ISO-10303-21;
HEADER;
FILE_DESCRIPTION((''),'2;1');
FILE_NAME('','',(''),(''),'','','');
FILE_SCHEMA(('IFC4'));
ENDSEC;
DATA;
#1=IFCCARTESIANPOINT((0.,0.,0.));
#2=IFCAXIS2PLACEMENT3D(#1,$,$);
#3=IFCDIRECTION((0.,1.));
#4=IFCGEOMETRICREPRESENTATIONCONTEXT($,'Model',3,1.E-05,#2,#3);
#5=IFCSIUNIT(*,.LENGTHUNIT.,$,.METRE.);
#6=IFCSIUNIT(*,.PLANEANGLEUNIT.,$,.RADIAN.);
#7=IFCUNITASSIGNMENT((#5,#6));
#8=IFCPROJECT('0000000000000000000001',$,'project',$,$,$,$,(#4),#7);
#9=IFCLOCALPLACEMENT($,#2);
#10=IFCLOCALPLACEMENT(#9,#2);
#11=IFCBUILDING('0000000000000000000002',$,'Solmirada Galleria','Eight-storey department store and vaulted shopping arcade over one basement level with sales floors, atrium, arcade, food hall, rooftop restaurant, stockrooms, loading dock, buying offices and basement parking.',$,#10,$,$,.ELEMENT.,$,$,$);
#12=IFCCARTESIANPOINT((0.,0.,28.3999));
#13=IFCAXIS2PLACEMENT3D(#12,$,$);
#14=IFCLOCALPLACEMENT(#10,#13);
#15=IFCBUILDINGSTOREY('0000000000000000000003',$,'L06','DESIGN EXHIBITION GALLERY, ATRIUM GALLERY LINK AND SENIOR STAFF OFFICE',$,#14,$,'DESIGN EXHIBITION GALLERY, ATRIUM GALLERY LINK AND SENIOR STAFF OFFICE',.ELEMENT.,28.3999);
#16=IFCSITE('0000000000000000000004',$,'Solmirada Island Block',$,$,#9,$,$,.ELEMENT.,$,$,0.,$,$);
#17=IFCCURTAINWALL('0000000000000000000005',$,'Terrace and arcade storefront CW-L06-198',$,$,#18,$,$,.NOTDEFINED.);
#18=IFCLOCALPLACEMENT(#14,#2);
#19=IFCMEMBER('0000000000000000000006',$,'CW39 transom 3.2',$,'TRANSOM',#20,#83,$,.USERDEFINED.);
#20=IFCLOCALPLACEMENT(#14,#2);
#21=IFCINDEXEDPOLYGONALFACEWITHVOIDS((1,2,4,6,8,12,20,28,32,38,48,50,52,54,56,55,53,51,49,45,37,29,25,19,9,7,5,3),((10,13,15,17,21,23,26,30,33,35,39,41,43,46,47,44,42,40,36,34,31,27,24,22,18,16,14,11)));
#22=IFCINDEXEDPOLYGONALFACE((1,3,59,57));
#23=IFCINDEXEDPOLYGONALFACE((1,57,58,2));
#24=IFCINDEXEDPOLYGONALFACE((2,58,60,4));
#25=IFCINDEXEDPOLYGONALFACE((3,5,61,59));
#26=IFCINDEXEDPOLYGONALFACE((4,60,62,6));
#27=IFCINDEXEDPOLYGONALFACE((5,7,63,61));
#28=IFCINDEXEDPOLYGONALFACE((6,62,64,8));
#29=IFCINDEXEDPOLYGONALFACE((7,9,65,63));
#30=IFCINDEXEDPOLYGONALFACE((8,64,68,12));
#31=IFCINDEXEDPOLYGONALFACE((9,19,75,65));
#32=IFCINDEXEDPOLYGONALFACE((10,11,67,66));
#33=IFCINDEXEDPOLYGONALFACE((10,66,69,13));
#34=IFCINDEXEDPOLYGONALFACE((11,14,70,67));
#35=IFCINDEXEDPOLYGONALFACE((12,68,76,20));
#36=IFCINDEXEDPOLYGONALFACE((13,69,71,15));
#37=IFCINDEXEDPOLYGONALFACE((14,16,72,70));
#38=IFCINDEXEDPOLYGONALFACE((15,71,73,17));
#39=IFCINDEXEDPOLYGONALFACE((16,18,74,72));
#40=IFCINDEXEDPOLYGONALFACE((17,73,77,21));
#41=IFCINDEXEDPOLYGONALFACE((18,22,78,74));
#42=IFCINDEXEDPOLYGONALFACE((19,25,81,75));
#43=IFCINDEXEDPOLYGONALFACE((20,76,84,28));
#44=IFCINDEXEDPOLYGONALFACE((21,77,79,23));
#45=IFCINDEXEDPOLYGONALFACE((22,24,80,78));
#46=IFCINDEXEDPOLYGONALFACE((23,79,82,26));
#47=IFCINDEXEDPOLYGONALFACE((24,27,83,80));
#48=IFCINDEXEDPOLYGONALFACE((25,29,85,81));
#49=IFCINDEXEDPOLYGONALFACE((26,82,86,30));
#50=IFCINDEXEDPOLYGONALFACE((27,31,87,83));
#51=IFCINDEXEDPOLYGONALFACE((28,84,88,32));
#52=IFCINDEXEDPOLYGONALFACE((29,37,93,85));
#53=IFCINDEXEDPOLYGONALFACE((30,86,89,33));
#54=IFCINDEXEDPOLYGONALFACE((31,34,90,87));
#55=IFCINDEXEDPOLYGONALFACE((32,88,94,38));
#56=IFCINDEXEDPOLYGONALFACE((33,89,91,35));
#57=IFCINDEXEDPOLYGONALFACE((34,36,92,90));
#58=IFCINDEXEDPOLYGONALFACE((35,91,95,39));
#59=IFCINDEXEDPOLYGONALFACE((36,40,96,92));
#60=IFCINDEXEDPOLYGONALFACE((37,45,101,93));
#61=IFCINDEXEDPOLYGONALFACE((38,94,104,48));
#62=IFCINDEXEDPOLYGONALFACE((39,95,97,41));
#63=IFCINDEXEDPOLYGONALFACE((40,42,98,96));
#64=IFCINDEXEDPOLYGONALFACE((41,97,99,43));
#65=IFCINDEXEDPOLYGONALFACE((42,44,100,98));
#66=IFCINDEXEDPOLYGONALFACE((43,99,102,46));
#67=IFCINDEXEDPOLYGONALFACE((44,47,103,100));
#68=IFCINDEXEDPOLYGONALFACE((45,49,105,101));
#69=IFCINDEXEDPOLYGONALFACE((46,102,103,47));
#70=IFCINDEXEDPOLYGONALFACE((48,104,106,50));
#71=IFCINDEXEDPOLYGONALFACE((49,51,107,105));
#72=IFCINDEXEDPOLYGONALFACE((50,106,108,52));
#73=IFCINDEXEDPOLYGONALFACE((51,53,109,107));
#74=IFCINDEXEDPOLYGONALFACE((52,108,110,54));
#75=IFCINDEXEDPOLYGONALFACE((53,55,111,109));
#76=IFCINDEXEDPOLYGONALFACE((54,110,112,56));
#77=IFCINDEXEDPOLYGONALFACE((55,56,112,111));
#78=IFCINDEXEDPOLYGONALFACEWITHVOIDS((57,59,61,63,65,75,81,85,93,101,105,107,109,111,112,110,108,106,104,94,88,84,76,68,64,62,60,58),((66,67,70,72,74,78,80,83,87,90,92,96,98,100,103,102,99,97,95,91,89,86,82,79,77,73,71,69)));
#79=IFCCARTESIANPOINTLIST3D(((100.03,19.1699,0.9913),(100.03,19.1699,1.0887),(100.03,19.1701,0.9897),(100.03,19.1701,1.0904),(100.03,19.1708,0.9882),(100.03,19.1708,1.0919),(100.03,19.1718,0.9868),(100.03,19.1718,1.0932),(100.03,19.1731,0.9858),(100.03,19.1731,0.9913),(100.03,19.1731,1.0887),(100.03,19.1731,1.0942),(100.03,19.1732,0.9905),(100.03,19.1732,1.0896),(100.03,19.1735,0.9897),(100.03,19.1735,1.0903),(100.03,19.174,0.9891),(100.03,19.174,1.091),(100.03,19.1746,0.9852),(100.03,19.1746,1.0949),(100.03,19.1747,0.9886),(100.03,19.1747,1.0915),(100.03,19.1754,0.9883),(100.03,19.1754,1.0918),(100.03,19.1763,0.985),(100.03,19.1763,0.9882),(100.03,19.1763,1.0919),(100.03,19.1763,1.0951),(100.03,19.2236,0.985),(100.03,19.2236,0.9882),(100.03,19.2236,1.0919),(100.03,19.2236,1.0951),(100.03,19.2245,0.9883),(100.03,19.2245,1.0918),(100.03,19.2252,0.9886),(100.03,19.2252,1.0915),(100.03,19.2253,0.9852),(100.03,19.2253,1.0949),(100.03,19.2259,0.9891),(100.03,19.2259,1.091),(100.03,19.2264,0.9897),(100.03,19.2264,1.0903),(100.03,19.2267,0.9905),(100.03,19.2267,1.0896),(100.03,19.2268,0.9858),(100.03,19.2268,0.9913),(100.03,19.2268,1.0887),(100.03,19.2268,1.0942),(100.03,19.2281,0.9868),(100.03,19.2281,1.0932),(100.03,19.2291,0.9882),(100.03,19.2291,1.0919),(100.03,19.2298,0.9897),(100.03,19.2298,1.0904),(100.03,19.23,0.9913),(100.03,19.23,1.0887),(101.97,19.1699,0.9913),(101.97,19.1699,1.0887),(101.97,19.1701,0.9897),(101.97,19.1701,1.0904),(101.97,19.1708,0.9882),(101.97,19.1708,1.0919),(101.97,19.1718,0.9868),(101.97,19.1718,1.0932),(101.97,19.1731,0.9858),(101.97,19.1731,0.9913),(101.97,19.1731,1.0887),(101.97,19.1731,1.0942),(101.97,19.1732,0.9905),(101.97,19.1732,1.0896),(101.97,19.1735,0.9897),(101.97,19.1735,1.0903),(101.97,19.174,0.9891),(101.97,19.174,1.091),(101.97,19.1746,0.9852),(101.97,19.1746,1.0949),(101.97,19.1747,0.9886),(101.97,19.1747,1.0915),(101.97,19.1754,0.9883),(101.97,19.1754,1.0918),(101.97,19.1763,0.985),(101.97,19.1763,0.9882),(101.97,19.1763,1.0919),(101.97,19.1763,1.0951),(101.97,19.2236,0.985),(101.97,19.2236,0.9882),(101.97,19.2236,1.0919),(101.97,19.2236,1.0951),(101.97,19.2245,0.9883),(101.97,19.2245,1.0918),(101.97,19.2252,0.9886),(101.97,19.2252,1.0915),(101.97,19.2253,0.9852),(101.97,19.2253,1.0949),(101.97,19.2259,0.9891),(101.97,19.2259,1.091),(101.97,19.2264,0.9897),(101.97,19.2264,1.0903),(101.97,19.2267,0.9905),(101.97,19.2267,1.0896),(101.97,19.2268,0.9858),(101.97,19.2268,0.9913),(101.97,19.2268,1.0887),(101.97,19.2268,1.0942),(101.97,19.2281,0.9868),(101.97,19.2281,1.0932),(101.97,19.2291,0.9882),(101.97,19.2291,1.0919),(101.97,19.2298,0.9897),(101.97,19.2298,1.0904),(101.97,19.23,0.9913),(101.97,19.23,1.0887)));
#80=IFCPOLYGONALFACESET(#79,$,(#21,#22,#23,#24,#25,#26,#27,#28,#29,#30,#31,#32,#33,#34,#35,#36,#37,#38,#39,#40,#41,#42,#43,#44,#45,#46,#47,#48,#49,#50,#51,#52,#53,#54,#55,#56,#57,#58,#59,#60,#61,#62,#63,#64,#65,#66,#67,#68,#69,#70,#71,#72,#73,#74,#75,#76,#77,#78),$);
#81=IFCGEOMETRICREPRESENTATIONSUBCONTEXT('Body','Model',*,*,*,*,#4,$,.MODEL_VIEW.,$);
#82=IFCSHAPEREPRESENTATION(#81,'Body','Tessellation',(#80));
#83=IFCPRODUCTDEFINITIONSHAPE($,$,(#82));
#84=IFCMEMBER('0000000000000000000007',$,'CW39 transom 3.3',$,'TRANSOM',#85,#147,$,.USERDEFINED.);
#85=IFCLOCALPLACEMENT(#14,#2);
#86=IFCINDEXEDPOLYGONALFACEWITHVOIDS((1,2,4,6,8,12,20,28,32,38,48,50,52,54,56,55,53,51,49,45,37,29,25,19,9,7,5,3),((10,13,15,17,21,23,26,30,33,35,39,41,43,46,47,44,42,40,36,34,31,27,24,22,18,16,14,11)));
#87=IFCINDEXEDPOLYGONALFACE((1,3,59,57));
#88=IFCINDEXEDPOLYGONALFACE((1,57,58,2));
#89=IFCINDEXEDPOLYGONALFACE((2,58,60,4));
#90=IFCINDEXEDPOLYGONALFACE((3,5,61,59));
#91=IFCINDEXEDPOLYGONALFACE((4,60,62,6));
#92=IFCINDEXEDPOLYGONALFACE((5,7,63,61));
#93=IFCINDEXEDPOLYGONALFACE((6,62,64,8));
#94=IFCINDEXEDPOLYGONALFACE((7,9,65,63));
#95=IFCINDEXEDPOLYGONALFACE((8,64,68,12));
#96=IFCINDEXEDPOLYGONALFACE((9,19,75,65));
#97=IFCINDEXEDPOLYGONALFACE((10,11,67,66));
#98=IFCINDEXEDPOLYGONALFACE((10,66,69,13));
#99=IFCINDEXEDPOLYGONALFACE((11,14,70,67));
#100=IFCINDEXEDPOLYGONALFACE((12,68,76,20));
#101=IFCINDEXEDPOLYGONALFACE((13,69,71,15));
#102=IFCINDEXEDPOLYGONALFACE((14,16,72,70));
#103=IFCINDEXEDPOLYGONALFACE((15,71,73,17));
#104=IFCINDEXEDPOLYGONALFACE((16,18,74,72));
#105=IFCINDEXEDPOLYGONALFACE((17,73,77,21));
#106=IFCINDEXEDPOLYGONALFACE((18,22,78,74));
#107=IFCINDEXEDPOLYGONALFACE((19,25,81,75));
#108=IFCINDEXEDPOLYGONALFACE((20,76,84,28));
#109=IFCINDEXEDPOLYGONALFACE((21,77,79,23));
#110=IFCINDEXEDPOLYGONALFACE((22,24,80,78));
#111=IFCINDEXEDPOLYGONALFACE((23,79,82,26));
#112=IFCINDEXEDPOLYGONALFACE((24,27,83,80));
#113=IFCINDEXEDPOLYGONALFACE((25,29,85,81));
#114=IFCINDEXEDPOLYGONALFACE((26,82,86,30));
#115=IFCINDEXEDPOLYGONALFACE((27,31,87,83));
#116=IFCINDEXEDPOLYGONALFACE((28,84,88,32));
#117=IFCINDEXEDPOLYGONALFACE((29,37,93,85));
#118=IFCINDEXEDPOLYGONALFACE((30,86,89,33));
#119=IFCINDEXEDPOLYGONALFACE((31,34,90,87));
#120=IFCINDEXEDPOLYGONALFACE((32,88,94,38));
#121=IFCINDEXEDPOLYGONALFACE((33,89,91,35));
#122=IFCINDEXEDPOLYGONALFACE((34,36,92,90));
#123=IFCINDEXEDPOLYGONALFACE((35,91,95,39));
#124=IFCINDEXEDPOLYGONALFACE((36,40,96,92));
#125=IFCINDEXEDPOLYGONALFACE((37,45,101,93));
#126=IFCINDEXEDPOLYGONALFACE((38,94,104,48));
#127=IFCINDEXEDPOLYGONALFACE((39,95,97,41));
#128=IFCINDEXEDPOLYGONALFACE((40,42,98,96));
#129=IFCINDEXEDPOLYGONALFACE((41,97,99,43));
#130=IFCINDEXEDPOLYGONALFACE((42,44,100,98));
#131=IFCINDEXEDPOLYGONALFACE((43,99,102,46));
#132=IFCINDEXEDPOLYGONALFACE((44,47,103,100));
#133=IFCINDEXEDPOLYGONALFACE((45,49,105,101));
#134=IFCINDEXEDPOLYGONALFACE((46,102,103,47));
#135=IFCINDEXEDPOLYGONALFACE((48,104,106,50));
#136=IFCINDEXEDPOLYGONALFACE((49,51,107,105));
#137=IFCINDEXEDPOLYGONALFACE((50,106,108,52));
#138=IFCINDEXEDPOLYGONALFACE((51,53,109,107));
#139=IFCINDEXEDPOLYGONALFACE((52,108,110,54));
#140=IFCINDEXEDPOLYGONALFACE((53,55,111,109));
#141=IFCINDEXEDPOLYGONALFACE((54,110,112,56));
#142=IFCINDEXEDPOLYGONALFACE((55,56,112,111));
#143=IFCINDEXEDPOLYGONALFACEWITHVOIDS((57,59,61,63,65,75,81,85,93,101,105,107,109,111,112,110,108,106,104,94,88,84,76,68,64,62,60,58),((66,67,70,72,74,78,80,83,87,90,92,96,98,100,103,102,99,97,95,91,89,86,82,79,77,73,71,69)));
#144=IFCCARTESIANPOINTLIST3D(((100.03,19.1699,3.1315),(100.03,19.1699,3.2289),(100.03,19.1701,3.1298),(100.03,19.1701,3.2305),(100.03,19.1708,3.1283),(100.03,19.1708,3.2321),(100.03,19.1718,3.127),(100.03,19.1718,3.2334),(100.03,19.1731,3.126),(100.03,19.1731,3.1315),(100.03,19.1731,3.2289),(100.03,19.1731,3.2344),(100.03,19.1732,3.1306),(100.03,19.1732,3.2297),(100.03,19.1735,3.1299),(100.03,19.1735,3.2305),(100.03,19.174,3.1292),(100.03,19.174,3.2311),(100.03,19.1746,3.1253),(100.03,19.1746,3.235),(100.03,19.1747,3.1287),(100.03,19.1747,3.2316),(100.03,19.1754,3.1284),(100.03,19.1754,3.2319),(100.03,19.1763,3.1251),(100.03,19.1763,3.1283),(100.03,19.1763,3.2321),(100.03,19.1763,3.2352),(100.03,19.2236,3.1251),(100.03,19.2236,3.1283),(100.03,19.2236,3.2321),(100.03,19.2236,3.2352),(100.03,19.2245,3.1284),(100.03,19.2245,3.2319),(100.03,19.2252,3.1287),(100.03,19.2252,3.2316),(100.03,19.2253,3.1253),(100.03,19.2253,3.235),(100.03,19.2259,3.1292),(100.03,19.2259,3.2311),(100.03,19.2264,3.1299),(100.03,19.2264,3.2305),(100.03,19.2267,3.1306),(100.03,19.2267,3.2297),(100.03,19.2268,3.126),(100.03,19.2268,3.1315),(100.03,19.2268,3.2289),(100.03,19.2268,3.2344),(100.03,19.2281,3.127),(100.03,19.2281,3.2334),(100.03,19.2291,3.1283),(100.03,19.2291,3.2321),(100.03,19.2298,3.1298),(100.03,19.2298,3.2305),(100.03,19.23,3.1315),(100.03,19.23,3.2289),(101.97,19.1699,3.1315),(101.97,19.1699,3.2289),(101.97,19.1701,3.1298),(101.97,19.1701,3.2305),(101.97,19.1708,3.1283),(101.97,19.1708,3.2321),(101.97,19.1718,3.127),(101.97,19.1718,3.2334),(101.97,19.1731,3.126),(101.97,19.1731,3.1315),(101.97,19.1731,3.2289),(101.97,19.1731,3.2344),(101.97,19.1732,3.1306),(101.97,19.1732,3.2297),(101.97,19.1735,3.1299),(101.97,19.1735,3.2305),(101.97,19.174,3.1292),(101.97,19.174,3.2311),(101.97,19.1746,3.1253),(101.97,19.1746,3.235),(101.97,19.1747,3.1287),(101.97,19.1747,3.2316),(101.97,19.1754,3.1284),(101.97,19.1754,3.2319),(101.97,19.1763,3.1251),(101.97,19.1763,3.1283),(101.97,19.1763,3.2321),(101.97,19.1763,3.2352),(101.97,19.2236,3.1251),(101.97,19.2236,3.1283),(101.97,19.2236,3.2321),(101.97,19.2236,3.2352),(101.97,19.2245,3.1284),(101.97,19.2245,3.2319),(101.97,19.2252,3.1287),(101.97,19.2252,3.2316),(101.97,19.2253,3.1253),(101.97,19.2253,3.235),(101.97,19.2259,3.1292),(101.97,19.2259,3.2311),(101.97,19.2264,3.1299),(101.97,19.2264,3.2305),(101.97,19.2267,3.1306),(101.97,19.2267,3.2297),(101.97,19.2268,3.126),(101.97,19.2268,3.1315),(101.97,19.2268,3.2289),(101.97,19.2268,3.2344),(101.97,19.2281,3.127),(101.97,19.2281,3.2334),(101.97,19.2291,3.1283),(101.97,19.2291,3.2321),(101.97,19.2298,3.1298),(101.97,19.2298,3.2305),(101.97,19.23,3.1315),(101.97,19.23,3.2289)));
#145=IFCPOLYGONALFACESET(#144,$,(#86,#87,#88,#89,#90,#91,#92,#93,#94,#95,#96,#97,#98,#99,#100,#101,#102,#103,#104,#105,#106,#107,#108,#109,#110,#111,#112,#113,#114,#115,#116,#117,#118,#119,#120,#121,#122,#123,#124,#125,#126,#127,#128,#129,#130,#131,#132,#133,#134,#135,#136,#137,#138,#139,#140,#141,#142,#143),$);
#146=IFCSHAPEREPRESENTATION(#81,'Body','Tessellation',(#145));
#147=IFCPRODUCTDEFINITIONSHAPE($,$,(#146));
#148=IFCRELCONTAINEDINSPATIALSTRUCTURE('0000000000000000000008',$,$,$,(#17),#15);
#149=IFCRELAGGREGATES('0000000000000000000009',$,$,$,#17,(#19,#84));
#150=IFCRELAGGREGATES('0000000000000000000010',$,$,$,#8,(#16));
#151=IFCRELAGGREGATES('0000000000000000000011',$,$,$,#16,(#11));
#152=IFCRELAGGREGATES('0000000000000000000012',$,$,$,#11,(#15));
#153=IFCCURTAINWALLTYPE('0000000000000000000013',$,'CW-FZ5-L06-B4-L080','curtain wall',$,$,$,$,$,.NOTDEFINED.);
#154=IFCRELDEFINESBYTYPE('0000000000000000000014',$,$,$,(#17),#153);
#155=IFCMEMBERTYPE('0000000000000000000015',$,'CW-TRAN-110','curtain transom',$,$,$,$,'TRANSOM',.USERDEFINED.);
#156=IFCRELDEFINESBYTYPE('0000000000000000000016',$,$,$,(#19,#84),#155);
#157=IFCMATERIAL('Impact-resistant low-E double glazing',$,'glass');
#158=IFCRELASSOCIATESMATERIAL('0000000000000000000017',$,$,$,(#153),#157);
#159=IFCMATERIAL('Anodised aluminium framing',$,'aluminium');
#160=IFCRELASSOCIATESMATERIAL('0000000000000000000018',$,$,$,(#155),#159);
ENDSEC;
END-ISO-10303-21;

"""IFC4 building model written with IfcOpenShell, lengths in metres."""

from ifc_helpers import new_model, si_unit, direction, frame, origin, origin_2d, place, context, subcontext, project, spatial, hollow_rectangle, extrude, material, material_profile, profile_set, type_object, element, aggregate, save


model = new_model("IFC4")

# Units and contexts
model_context = context("Model", 3, precision=1e-05, world=origin(), true_north=direction((0.0, 1.0)))
body_context = subcontext(model_context, "Body", "Model", "MODEL_VIEW")
ifc_project = project(units=[si_unit("LENGTHUNIT", "METRE"), si_unit("PLANEANGLEUNIT", "RADIAN")], contexts=[model_context])

# Site, building, storey
site_placement = place(None, origin())
site = spatial("IfcSite", under=ifc_project, at=site_placement, Name="Solmirada Island Block", CompositionType="ELEMENT", RefElevation=0.0)
building_placement = place(site_placement, origin())
building = spatial("IfcBuilding", under=site, at=building_placement, Name="Solmirada Galleria", Description="Eight-storey department store and vaulted shopping arcade over one basement level with sales floors, atrium, arcade, food hall, rooftop restaurant, stockrooms, loading dock, buying offices and basement parking.", CompositionType="ELEMENT")
storey_placement = place(building_placement, frame((0.0, 0.0, 28.3999)))
storey = spatial("IfcBuildingStorey", under=building, at=storey_placement, Name="L06", Description="DESIGN EXHIBITION GALLERY, ATRIUM GALLERY LINK AND SENIOR STAFF OFFICE", LongName="DESIGN EXHIBITION GALLERY, ATRIUM GALLERY LINK AND SENIOR STAFF OFFICE", CompositionType="ELEMENT", Elevation=28.3999)

# Curtain wall
ifc_material_1 = material(Name="Impact-resistant low-E double glazing", Category="glass")
curtain_wall_type = type_object("IfcCurtainWallType", Name="CW-FZ5-L06-B4-L080", Description="curtain wall", PredefinedType="NOTDEFINED", material=ifc_material_1)
curtain_wall_1_placement = place(storey_placement, origin())
curtain_wall_1 = element("IfcCurtainWall", 1, at=curtain_wall_1_placement, inside=storey, type_object=curtain_wall_type, Name="Terrace and arcade storefront CW-L06-198", PredefinedType="NOTDEFINED")
ifc_material_2 = material(Name="Anodised aluminium framing", Category="aluminium")

# Members
ifc_material_profile_1 = material_profile(ifc_material_2, hollow_rectangle(XDim=0.0601, YDim=0.1101, WallThickness=0.0032, InnerFilletRadius=0.0032, OuterFilletRadius=0.0063, at=origin_2d()), Name="ALU-TRAN-110X60")
ifc_profile_set_1 = profile_set([ifc_material_profile_1], Name="Anodised aluminium framing")
member_type_1 = type_object("IfcMemberType", Name="CW-TRAN-110", Description="curtain transom", ElementType="TRANSOM", PredefinedType="USERDEFINED", material=ifc_profile_set_1)
member_1_placement = place(storey_placement, frame((100.03, 19.2, 1.04), z_axis=(1.0, 0.0, 0.0), x_axis=(0.0, 1.0, 0.0)))
member_1 = element("IfcMember", 2, at=member_1_placement, type_object=member_type_1, Name="CW39 transom 3.2", ObjectType="TRANSOM", PredefinedType="USERDEFINED", context=body_context, shape_type="SweptSolid", body=[
    extrude(hollow_rectangle(XDim=0.0601, YDim=0.1101, WallThickness=0.0032, InnerFilletRadius=0.0032, OuterFilletRadius=0.0063, at=origin_2d()), origin(), (0.0, 0.0, 1.0), 1.9399),
])
member_2_placement = place(storey_placement, frame((100.03, 19.2, 3.1802), z_axis=(1.0, 0.0, 0.0), x_axis=(0.0, 1.0, 0.0)))
member_2 = element("IfcMember", 3, at=member_2_placement, type_object=member_type_1, Name="CW39 transom 3.3", ObjectType="TRANSOM", PredefinedType="USERDEFINED", context=body_context, shape_type="SweptSolid", body=[
    extrude(hollow_rectangle(XDim=0.0601, YDim=0.1101, WallThickness=0.0032, InnerFilletRadius=0.0032, OuterFilletRadius=0.0063, at=origin_2d()), origin(), (0.0, 0.0, 1.0), 1.9399),
])

aggregate(curtain_wall_1, [member_1, member_2])

save(model, "model.ifc")
